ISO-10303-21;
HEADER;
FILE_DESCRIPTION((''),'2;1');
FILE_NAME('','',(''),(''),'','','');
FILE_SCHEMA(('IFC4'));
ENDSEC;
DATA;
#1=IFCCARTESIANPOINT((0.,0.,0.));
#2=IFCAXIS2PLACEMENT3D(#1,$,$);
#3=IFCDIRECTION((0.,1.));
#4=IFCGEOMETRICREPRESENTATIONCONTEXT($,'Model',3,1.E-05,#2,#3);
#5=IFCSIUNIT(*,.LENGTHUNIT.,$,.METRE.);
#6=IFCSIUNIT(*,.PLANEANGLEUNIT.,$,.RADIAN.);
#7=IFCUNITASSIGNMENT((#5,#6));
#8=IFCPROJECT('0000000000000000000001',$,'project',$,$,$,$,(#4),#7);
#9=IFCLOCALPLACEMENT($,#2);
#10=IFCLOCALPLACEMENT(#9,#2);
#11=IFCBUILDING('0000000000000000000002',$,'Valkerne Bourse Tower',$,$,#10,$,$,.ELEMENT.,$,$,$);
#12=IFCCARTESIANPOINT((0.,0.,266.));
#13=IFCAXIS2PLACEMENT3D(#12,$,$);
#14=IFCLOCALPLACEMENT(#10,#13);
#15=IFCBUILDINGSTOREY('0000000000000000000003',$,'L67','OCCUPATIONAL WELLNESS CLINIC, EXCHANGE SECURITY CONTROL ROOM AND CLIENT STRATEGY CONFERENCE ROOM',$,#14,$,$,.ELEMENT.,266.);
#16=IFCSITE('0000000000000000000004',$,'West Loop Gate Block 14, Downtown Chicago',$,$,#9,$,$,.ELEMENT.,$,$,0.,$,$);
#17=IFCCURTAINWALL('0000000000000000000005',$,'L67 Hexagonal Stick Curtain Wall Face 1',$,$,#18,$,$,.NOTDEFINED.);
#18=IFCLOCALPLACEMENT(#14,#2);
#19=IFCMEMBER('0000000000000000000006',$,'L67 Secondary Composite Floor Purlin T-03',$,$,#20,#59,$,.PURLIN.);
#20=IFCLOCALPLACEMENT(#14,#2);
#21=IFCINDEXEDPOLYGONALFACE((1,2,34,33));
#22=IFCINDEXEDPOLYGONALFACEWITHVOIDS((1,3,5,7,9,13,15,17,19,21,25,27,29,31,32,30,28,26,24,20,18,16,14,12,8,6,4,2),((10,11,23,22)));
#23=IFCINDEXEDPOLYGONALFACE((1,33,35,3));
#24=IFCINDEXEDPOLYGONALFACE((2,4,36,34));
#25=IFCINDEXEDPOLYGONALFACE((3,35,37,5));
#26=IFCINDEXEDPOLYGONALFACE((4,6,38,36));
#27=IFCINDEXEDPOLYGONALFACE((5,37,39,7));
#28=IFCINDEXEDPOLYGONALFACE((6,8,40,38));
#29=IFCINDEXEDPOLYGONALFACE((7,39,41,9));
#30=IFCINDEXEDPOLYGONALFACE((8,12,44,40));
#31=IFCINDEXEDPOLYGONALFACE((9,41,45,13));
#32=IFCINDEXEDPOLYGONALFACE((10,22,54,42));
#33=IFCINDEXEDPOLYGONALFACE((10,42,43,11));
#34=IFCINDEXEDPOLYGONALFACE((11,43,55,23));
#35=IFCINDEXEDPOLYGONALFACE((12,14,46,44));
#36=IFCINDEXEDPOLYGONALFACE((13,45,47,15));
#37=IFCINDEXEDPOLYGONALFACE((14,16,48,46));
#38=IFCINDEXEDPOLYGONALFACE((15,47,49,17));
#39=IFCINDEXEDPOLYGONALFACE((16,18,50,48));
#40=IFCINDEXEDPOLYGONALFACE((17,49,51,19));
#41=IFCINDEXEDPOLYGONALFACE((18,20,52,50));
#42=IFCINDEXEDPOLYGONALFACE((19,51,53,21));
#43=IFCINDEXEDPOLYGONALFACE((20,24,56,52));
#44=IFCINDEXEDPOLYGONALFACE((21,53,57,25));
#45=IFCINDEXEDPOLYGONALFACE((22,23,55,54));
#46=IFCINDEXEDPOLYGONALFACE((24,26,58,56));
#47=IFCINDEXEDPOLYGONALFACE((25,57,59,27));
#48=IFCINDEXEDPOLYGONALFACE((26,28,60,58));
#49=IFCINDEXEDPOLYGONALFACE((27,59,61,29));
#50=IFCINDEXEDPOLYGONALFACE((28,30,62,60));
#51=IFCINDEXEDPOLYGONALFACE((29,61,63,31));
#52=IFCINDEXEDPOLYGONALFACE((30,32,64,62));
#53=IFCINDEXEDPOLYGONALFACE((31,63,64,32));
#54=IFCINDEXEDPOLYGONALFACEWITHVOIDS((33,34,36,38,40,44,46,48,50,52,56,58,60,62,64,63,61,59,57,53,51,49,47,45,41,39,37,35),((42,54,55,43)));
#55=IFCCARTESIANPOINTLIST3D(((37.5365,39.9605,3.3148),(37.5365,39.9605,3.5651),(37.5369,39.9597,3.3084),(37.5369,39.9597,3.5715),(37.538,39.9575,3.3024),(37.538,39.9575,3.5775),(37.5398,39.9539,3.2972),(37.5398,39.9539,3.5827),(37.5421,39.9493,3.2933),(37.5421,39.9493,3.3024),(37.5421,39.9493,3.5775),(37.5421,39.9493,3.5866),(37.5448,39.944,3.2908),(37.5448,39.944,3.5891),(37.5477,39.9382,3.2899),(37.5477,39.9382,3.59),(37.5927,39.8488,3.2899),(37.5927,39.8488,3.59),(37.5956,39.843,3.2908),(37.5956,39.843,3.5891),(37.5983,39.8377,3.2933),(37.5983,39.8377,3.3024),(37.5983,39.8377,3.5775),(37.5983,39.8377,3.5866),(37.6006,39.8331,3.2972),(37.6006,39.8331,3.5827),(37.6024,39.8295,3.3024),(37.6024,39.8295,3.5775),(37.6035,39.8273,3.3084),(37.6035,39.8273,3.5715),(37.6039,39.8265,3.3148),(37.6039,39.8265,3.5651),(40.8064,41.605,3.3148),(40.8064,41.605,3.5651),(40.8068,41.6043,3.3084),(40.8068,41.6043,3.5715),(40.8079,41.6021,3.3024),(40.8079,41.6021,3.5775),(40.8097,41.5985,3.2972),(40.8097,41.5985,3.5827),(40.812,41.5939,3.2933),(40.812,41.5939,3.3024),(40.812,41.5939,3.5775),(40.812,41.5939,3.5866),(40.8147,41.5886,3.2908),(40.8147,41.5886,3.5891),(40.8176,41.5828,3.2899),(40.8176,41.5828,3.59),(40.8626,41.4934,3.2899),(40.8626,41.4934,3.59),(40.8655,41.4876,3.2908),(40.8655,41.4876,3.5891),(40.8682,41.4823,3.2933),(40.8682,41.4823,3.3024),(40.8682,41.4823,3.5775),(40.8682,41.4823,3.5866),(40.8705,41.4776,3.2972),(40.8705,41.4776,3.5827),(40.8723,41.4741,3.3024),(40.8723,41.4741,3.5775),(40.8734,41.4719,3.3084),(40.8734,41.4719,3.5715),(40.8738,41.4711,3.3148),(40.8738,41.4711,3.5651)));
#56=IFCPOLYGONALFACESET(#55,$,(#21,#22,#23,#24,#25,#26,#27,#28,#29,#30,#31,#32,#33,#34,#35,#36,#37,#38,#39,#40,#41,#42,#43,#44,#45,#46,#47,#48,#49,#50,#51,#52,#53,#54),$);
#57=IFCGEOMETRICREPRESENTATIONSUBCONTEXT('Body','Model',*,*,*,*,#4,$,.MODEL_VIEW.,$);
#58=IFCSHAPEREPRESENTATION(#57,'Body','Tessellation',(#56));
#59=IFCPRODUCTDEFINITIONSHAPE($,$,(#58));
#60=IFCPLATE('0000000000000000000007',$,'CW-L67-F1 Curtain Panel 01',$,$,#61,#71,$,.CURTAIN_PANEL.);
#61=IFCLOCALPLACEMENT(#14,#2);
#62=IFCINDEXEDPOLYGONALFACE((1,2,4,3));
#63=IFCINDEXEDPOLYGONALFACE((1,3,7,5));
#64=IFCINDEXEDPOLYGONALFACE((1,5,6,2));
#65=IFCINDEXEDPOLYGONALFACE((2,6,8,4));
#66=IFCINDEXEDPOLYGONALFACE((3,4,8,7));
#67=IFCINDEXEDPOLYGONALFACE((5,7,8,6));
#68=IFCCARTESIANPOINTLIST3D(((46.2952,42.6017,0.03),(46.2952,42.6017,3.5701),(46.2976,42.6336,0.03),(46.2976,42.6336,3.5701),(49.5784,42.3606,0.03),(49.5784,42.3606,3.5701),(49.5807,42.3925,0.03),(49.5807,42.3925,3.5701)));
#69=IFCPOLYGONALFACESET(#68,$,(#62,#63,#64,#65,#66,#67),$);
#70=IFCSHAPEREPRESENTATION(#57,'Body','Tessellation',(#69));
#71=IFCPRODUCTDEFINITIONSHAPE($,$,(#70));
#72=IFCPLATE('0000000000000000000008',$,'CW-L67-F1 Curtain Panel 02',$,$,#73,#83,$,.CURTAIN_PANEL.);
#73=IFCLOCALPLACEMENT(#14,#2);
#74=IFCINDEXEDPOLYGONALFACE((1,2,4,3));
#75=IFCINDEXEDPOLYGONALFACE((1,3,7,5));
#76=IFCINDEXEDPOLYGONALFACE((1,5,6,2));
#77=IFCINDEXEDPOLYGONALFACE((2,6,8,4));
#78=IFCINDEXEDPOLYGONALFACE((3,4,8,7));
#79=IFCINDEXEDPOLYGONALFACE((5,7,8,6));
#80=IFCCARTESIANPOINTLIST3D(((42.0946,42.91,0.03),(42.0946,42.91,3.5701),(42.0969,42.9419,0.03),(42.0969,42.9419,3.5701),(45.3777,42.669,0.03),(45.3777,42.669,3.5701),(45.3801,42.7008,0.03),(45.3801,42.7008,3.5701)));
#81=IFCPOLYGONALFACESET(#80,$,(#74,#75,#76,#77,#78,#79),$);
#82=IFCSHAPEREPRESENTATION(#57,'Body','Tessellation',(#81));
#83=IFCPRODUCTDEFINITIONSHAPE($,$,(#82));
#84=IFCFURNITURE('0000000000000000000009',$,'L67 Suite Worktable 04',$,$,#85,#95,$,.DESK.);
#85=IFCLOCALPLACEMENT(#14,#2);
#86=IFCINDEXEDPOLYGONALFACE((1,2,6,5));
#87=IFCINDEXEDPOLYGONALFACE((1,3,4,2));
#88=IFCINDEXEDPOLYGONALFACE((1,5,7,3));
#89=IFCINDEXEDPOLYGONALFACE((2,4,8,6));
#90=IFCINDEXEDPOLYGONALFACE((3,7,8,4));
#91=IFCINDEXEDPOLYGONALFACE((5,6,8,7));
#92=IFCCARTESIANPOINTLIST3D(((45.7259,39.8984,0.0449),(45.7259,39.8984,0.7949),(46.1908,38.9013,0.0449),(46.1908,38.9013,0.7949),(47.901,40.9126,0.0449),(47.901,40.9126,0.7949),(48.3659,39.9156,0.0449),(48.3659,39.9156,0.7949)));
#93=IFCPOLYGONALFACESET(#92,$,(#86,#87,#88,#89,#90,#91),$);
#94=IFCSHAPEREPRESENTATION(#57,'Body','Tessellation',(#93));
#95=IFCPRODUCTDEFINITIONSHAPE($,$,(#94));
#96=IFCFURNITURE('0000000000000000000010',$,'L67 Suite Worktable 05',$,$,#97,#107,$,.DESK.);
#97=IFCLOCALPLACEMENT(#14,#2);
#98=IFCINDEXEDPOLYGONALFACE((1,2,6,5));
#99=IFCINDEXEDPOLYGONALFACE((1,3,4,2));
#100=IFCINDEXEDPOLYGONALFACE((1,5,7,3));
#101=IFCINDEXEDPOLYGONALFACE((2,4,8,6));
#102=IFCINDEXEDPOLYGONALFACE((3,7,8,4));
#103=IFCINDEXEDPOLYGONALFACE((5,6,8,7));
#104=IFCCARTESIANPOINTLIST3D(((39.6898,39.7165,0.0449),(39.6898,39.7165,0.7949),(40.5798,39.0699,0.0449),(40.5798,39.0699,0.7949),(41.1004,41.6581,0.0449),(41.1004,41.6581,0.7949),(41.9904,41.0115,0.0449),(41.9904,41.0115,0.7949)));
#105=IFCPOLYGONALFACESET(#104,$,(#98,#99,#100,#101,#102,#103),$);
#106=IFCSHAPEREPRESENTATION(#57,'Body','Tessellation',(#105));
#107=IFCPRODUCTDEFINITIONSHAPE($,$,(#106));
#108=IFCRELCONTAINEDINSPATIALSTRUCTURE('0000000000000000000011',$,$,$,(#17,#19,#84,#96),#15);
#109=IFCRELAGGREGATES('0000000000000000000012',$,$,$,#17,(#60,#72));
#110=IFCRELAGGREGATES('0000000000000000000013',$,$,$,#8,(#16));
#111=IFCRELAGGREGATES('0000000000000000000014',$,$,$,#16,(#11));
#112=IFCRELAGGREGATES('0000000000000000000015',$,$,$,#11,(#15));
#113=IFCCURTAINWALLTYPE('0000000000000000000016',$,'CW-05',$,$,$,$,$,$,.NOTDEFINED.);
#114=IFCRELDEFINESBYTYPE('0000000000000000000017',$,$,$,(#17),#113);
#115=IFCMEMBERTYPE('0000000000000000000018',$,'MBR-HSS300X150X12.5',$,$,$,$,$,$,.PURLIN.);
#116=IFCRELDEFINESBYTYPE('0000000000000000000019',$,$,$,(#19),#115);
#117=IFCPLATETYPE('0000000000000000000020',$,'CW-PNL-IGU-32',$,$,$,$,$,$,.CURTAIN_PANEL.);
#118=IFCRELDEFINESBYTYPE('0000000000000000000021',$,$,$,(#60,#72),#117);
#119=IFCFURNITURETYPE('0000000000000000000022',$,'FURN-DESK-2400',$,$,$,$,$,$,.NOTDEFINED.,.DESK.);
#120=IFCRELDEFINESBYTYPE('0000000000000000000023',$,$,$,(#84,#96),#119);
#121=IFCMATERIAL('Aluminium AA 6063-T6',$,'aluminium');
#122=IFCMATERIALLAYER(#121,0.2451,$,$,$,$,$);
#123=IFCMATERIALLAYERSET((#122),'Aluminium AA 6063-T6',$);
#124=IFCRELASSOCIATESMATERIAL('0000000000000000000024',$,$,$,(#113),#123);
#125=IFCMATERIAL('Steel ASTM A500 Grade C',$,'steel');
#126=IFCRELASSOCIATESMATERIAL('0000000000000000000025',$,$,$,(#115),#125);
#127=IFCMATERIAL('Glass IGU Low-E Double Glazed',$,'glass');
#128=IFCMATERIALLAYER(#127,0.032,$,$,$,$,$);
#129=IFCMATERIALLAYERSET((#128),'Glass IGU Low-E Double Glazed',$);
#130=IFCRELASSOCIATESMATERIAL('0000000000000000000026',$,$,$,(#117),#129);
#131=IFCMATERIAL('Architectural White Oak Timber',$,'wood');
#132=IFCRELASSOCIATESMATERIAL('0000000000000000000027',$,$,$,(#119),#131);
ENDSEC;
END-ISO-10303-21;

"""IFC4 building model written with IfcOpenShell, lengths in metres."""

from ifc_helpers import new_model, si_unit, direction, frame, origin, origin_2d, place, context, subcontext, project, spatial, rectangle, hollow_rectangle, extrude, material, layer, layer_set, material_profile, profile_set, type_object, element, aggregate, save


model = new_model("IFC4")

# Units and contexts
model_context = context("Model", 3, precision=1e-05, world=origin(), true_north=direction((0.0, 1.0)))
body_context = subcontext(model_context, "Body", "Model", "MODEL_VIEW")
ifc_project = project(units=[si_unit("LENGTHUNIT", "METRE"), si_unit("PLANEANGLEUNIT", "RADIAN")], contexts=[model_context])

# Site, building, storey
site_placement = place(None, origin())
site = spatial("IfcSite", under=ifc_project, at=site_placement, Name="West Loop Gate Block 14, Downtown Chicago", CompositionType="ELEMENT", RefElevation=0.0)
building_placement = place(site_placement, origin())
building = spatial("IfcBuilding", under=site, at=building_placement, Name="Valkerne Bourse Tower", CompositionType="ELEMENT")
storey_placement = place(building_placement, frame((0.0, 0.0, 266.0)))
storey = spatial("IfcBuildingStorey", under=building, at=storey_placement, Name="L67", Description="OCCUPATIONAL WELLNESS CLINIC, EXCHANGE SECURITY CONTROL ROOM AND CLIENT STRATEGY CONFERENCE ROOM", CompositionType="ELEMENT", Elevation=266.0)

# Curtain wall
ifc_material_1 = material(Name="Aluminium AA 6063-T6", Category="aluminium")
ifc_layer_1 = layer(ifc_material_1, 0.2451)
ifc_layer_set_1 = layer_set([ifc_layer_1], Name="Aluminium AA 6063-T6")
curtain_wall_type = type_object("IfcCurtainWallType", Name="CW-05", PredefinedType="NOTDEFINED", material=ifc_layer_set_1)
curtain_wall_placement = place(storey_placement, origin())
curtain_wall = element("IfcCurtainWall", 1, at=curtain_wall_placement, inside=storey, type_object=curtain_wall_type, Name="L67 Hexagonal Stick Curtain Wall Face 1", PredefinedType="NOTDEFINED")

# Member
ifc_material_2 = material(Name="Steel ASTM A500 Grade C", Category="steel")
ifc_material_profile_1 = material_profile(ifc_material_2, hollow_rectangle(XDim=0.1499, YDim=0.3, WallThickness=0.0125, OuterFilletRadius=0.0249, at=origin_2d()), Name="HSS300X150X12.5")
ifc_profile_set_1 = profile_set([ifc_material_profile_1], Name="Steel ASTM A500 Grade C")
member_type_1 = type_object("IfcMemberType", Name="MBR-HSS300X150X12.5", PredefinedType="PURLIN", material=ifc_profile_set_1)
member_1_placement = place(storey_placement, frame((40.8401, 41.5381, 3.4399), z_axis=(-0.893371, -0.44932, 0.0), x_axis=(0.44932, -0.893371, 0.0)))
element("IfcMember", 2, at=member_1_placement, inside=storey, type_object=member_type_1, Name="L67 Secondary Composite Floor Purlin T-03", PredefinedType="PURLIN", context=body_context, shape_type="SweptSolid", body=[
    extrude(hollow_rectangle(XDim=0.1499, YDim=0.3, WallThickness=0.0125, OuterFilletRadius=0.0249, at=origin_2d()), origin(), (0.0, 0.0, 1.0), 3.6602),
])

# Plates
ifc_material_3 = material(Name="Glass IGU Low-E Double Glazed", Category="glass")
ifc_layer_2 = layer(ifc_material_3, 0.032)
ifc_layer_set_2 = layer_set([ifc_layer_2], Name="Glass IGU Low-E Double Glazed")
plate_type = type_object("IfcPlateType", Name="CW-PNL-IGU-32", PredefinedType="CURTAIN_PANEL", material=ifc_layer_set_2)
plate_1_placement = place(storey_placement, frame((47.938, 42.4971, 0.03), z_axis=(0.0, 0.0, 1.0), x_axis=(-0.997314, 0.073243, 0.0)))
plate_1 = element("IfcPlate", 3, at=plate_1_placement, type_object=plate_type, Name="CW-L67-F1 Curtain Panel 01", PredefinedType="CURTAIN_PANEL", context=body_context, shape_type="SweptSolid", body=[
    extrude(rectangle(XDim=3.292, YDim=0.032, at=origin_2d()), origin(), (0.0, 0.0, 1.0), 3.54),
])
plate_2_placement = place(storey_placement, frame((43.7373, 42.8054, 0.03), z_axis=(0.0, 0.0, 1.0), x_axis=(-0.997316, 0.073219, 0.0)))
plate_2 = element("IfcPlate", 4, at=plate_2_placement, type_object=plate_type, Name="CW-L67-F1 Curtain Panel 02", PredefinedType="CURTAIN_PANEL", context=body_context, shape_type="SweptSolid", body=[
    extrude(rectangle(XDim=3.292, YDim=0.032, at=origin_2d()), origin(), (0.0, 0.0, 1.0), 3.54),
])
aggregate(curtain_wall, [plate_1, plate_2])

# Furniture
ifc_material_4 = material(Name="Architectural White Oak Timber", Category="wood")
furniture_type = type_object("IfcFurnitureType", Name="FURN-DESK-2400", AssemblyPlace="NOTDEFINED", PredefinedType="DESK", material=ifc_material_4)
for number, where, z_axis, x_axis, name in (
    (5, (47.0459, 39.907, 0.0449), (0.0, 0.0, 1.0), (0.906308, 0.422618, 0.0), "L67 Suite Worktable 04"),
    (6, (40.8401, 40.364, 0.0449), (0.0, 0.0, 1.0), (0.587785, 0.809017, 0.0), "L67 Suite Worktable 05"),
):
    element("IfcFurniture", number, at=place(storey_placement, frame(where, z_axis=z_axis, x_axis=x_axis)), inside=storey, type_object=furniture_type, Name=name, PredefinedType="DESK", context=body_context, shape_type="SweptSolid", body=[
        extrude(rectangle(XDim=2.3999, YDim=1.1001, at=origin_2d()), origin(), (0.0, 0.0, 1.0), 0.75),
    ])

save(model, "model.ifc")
